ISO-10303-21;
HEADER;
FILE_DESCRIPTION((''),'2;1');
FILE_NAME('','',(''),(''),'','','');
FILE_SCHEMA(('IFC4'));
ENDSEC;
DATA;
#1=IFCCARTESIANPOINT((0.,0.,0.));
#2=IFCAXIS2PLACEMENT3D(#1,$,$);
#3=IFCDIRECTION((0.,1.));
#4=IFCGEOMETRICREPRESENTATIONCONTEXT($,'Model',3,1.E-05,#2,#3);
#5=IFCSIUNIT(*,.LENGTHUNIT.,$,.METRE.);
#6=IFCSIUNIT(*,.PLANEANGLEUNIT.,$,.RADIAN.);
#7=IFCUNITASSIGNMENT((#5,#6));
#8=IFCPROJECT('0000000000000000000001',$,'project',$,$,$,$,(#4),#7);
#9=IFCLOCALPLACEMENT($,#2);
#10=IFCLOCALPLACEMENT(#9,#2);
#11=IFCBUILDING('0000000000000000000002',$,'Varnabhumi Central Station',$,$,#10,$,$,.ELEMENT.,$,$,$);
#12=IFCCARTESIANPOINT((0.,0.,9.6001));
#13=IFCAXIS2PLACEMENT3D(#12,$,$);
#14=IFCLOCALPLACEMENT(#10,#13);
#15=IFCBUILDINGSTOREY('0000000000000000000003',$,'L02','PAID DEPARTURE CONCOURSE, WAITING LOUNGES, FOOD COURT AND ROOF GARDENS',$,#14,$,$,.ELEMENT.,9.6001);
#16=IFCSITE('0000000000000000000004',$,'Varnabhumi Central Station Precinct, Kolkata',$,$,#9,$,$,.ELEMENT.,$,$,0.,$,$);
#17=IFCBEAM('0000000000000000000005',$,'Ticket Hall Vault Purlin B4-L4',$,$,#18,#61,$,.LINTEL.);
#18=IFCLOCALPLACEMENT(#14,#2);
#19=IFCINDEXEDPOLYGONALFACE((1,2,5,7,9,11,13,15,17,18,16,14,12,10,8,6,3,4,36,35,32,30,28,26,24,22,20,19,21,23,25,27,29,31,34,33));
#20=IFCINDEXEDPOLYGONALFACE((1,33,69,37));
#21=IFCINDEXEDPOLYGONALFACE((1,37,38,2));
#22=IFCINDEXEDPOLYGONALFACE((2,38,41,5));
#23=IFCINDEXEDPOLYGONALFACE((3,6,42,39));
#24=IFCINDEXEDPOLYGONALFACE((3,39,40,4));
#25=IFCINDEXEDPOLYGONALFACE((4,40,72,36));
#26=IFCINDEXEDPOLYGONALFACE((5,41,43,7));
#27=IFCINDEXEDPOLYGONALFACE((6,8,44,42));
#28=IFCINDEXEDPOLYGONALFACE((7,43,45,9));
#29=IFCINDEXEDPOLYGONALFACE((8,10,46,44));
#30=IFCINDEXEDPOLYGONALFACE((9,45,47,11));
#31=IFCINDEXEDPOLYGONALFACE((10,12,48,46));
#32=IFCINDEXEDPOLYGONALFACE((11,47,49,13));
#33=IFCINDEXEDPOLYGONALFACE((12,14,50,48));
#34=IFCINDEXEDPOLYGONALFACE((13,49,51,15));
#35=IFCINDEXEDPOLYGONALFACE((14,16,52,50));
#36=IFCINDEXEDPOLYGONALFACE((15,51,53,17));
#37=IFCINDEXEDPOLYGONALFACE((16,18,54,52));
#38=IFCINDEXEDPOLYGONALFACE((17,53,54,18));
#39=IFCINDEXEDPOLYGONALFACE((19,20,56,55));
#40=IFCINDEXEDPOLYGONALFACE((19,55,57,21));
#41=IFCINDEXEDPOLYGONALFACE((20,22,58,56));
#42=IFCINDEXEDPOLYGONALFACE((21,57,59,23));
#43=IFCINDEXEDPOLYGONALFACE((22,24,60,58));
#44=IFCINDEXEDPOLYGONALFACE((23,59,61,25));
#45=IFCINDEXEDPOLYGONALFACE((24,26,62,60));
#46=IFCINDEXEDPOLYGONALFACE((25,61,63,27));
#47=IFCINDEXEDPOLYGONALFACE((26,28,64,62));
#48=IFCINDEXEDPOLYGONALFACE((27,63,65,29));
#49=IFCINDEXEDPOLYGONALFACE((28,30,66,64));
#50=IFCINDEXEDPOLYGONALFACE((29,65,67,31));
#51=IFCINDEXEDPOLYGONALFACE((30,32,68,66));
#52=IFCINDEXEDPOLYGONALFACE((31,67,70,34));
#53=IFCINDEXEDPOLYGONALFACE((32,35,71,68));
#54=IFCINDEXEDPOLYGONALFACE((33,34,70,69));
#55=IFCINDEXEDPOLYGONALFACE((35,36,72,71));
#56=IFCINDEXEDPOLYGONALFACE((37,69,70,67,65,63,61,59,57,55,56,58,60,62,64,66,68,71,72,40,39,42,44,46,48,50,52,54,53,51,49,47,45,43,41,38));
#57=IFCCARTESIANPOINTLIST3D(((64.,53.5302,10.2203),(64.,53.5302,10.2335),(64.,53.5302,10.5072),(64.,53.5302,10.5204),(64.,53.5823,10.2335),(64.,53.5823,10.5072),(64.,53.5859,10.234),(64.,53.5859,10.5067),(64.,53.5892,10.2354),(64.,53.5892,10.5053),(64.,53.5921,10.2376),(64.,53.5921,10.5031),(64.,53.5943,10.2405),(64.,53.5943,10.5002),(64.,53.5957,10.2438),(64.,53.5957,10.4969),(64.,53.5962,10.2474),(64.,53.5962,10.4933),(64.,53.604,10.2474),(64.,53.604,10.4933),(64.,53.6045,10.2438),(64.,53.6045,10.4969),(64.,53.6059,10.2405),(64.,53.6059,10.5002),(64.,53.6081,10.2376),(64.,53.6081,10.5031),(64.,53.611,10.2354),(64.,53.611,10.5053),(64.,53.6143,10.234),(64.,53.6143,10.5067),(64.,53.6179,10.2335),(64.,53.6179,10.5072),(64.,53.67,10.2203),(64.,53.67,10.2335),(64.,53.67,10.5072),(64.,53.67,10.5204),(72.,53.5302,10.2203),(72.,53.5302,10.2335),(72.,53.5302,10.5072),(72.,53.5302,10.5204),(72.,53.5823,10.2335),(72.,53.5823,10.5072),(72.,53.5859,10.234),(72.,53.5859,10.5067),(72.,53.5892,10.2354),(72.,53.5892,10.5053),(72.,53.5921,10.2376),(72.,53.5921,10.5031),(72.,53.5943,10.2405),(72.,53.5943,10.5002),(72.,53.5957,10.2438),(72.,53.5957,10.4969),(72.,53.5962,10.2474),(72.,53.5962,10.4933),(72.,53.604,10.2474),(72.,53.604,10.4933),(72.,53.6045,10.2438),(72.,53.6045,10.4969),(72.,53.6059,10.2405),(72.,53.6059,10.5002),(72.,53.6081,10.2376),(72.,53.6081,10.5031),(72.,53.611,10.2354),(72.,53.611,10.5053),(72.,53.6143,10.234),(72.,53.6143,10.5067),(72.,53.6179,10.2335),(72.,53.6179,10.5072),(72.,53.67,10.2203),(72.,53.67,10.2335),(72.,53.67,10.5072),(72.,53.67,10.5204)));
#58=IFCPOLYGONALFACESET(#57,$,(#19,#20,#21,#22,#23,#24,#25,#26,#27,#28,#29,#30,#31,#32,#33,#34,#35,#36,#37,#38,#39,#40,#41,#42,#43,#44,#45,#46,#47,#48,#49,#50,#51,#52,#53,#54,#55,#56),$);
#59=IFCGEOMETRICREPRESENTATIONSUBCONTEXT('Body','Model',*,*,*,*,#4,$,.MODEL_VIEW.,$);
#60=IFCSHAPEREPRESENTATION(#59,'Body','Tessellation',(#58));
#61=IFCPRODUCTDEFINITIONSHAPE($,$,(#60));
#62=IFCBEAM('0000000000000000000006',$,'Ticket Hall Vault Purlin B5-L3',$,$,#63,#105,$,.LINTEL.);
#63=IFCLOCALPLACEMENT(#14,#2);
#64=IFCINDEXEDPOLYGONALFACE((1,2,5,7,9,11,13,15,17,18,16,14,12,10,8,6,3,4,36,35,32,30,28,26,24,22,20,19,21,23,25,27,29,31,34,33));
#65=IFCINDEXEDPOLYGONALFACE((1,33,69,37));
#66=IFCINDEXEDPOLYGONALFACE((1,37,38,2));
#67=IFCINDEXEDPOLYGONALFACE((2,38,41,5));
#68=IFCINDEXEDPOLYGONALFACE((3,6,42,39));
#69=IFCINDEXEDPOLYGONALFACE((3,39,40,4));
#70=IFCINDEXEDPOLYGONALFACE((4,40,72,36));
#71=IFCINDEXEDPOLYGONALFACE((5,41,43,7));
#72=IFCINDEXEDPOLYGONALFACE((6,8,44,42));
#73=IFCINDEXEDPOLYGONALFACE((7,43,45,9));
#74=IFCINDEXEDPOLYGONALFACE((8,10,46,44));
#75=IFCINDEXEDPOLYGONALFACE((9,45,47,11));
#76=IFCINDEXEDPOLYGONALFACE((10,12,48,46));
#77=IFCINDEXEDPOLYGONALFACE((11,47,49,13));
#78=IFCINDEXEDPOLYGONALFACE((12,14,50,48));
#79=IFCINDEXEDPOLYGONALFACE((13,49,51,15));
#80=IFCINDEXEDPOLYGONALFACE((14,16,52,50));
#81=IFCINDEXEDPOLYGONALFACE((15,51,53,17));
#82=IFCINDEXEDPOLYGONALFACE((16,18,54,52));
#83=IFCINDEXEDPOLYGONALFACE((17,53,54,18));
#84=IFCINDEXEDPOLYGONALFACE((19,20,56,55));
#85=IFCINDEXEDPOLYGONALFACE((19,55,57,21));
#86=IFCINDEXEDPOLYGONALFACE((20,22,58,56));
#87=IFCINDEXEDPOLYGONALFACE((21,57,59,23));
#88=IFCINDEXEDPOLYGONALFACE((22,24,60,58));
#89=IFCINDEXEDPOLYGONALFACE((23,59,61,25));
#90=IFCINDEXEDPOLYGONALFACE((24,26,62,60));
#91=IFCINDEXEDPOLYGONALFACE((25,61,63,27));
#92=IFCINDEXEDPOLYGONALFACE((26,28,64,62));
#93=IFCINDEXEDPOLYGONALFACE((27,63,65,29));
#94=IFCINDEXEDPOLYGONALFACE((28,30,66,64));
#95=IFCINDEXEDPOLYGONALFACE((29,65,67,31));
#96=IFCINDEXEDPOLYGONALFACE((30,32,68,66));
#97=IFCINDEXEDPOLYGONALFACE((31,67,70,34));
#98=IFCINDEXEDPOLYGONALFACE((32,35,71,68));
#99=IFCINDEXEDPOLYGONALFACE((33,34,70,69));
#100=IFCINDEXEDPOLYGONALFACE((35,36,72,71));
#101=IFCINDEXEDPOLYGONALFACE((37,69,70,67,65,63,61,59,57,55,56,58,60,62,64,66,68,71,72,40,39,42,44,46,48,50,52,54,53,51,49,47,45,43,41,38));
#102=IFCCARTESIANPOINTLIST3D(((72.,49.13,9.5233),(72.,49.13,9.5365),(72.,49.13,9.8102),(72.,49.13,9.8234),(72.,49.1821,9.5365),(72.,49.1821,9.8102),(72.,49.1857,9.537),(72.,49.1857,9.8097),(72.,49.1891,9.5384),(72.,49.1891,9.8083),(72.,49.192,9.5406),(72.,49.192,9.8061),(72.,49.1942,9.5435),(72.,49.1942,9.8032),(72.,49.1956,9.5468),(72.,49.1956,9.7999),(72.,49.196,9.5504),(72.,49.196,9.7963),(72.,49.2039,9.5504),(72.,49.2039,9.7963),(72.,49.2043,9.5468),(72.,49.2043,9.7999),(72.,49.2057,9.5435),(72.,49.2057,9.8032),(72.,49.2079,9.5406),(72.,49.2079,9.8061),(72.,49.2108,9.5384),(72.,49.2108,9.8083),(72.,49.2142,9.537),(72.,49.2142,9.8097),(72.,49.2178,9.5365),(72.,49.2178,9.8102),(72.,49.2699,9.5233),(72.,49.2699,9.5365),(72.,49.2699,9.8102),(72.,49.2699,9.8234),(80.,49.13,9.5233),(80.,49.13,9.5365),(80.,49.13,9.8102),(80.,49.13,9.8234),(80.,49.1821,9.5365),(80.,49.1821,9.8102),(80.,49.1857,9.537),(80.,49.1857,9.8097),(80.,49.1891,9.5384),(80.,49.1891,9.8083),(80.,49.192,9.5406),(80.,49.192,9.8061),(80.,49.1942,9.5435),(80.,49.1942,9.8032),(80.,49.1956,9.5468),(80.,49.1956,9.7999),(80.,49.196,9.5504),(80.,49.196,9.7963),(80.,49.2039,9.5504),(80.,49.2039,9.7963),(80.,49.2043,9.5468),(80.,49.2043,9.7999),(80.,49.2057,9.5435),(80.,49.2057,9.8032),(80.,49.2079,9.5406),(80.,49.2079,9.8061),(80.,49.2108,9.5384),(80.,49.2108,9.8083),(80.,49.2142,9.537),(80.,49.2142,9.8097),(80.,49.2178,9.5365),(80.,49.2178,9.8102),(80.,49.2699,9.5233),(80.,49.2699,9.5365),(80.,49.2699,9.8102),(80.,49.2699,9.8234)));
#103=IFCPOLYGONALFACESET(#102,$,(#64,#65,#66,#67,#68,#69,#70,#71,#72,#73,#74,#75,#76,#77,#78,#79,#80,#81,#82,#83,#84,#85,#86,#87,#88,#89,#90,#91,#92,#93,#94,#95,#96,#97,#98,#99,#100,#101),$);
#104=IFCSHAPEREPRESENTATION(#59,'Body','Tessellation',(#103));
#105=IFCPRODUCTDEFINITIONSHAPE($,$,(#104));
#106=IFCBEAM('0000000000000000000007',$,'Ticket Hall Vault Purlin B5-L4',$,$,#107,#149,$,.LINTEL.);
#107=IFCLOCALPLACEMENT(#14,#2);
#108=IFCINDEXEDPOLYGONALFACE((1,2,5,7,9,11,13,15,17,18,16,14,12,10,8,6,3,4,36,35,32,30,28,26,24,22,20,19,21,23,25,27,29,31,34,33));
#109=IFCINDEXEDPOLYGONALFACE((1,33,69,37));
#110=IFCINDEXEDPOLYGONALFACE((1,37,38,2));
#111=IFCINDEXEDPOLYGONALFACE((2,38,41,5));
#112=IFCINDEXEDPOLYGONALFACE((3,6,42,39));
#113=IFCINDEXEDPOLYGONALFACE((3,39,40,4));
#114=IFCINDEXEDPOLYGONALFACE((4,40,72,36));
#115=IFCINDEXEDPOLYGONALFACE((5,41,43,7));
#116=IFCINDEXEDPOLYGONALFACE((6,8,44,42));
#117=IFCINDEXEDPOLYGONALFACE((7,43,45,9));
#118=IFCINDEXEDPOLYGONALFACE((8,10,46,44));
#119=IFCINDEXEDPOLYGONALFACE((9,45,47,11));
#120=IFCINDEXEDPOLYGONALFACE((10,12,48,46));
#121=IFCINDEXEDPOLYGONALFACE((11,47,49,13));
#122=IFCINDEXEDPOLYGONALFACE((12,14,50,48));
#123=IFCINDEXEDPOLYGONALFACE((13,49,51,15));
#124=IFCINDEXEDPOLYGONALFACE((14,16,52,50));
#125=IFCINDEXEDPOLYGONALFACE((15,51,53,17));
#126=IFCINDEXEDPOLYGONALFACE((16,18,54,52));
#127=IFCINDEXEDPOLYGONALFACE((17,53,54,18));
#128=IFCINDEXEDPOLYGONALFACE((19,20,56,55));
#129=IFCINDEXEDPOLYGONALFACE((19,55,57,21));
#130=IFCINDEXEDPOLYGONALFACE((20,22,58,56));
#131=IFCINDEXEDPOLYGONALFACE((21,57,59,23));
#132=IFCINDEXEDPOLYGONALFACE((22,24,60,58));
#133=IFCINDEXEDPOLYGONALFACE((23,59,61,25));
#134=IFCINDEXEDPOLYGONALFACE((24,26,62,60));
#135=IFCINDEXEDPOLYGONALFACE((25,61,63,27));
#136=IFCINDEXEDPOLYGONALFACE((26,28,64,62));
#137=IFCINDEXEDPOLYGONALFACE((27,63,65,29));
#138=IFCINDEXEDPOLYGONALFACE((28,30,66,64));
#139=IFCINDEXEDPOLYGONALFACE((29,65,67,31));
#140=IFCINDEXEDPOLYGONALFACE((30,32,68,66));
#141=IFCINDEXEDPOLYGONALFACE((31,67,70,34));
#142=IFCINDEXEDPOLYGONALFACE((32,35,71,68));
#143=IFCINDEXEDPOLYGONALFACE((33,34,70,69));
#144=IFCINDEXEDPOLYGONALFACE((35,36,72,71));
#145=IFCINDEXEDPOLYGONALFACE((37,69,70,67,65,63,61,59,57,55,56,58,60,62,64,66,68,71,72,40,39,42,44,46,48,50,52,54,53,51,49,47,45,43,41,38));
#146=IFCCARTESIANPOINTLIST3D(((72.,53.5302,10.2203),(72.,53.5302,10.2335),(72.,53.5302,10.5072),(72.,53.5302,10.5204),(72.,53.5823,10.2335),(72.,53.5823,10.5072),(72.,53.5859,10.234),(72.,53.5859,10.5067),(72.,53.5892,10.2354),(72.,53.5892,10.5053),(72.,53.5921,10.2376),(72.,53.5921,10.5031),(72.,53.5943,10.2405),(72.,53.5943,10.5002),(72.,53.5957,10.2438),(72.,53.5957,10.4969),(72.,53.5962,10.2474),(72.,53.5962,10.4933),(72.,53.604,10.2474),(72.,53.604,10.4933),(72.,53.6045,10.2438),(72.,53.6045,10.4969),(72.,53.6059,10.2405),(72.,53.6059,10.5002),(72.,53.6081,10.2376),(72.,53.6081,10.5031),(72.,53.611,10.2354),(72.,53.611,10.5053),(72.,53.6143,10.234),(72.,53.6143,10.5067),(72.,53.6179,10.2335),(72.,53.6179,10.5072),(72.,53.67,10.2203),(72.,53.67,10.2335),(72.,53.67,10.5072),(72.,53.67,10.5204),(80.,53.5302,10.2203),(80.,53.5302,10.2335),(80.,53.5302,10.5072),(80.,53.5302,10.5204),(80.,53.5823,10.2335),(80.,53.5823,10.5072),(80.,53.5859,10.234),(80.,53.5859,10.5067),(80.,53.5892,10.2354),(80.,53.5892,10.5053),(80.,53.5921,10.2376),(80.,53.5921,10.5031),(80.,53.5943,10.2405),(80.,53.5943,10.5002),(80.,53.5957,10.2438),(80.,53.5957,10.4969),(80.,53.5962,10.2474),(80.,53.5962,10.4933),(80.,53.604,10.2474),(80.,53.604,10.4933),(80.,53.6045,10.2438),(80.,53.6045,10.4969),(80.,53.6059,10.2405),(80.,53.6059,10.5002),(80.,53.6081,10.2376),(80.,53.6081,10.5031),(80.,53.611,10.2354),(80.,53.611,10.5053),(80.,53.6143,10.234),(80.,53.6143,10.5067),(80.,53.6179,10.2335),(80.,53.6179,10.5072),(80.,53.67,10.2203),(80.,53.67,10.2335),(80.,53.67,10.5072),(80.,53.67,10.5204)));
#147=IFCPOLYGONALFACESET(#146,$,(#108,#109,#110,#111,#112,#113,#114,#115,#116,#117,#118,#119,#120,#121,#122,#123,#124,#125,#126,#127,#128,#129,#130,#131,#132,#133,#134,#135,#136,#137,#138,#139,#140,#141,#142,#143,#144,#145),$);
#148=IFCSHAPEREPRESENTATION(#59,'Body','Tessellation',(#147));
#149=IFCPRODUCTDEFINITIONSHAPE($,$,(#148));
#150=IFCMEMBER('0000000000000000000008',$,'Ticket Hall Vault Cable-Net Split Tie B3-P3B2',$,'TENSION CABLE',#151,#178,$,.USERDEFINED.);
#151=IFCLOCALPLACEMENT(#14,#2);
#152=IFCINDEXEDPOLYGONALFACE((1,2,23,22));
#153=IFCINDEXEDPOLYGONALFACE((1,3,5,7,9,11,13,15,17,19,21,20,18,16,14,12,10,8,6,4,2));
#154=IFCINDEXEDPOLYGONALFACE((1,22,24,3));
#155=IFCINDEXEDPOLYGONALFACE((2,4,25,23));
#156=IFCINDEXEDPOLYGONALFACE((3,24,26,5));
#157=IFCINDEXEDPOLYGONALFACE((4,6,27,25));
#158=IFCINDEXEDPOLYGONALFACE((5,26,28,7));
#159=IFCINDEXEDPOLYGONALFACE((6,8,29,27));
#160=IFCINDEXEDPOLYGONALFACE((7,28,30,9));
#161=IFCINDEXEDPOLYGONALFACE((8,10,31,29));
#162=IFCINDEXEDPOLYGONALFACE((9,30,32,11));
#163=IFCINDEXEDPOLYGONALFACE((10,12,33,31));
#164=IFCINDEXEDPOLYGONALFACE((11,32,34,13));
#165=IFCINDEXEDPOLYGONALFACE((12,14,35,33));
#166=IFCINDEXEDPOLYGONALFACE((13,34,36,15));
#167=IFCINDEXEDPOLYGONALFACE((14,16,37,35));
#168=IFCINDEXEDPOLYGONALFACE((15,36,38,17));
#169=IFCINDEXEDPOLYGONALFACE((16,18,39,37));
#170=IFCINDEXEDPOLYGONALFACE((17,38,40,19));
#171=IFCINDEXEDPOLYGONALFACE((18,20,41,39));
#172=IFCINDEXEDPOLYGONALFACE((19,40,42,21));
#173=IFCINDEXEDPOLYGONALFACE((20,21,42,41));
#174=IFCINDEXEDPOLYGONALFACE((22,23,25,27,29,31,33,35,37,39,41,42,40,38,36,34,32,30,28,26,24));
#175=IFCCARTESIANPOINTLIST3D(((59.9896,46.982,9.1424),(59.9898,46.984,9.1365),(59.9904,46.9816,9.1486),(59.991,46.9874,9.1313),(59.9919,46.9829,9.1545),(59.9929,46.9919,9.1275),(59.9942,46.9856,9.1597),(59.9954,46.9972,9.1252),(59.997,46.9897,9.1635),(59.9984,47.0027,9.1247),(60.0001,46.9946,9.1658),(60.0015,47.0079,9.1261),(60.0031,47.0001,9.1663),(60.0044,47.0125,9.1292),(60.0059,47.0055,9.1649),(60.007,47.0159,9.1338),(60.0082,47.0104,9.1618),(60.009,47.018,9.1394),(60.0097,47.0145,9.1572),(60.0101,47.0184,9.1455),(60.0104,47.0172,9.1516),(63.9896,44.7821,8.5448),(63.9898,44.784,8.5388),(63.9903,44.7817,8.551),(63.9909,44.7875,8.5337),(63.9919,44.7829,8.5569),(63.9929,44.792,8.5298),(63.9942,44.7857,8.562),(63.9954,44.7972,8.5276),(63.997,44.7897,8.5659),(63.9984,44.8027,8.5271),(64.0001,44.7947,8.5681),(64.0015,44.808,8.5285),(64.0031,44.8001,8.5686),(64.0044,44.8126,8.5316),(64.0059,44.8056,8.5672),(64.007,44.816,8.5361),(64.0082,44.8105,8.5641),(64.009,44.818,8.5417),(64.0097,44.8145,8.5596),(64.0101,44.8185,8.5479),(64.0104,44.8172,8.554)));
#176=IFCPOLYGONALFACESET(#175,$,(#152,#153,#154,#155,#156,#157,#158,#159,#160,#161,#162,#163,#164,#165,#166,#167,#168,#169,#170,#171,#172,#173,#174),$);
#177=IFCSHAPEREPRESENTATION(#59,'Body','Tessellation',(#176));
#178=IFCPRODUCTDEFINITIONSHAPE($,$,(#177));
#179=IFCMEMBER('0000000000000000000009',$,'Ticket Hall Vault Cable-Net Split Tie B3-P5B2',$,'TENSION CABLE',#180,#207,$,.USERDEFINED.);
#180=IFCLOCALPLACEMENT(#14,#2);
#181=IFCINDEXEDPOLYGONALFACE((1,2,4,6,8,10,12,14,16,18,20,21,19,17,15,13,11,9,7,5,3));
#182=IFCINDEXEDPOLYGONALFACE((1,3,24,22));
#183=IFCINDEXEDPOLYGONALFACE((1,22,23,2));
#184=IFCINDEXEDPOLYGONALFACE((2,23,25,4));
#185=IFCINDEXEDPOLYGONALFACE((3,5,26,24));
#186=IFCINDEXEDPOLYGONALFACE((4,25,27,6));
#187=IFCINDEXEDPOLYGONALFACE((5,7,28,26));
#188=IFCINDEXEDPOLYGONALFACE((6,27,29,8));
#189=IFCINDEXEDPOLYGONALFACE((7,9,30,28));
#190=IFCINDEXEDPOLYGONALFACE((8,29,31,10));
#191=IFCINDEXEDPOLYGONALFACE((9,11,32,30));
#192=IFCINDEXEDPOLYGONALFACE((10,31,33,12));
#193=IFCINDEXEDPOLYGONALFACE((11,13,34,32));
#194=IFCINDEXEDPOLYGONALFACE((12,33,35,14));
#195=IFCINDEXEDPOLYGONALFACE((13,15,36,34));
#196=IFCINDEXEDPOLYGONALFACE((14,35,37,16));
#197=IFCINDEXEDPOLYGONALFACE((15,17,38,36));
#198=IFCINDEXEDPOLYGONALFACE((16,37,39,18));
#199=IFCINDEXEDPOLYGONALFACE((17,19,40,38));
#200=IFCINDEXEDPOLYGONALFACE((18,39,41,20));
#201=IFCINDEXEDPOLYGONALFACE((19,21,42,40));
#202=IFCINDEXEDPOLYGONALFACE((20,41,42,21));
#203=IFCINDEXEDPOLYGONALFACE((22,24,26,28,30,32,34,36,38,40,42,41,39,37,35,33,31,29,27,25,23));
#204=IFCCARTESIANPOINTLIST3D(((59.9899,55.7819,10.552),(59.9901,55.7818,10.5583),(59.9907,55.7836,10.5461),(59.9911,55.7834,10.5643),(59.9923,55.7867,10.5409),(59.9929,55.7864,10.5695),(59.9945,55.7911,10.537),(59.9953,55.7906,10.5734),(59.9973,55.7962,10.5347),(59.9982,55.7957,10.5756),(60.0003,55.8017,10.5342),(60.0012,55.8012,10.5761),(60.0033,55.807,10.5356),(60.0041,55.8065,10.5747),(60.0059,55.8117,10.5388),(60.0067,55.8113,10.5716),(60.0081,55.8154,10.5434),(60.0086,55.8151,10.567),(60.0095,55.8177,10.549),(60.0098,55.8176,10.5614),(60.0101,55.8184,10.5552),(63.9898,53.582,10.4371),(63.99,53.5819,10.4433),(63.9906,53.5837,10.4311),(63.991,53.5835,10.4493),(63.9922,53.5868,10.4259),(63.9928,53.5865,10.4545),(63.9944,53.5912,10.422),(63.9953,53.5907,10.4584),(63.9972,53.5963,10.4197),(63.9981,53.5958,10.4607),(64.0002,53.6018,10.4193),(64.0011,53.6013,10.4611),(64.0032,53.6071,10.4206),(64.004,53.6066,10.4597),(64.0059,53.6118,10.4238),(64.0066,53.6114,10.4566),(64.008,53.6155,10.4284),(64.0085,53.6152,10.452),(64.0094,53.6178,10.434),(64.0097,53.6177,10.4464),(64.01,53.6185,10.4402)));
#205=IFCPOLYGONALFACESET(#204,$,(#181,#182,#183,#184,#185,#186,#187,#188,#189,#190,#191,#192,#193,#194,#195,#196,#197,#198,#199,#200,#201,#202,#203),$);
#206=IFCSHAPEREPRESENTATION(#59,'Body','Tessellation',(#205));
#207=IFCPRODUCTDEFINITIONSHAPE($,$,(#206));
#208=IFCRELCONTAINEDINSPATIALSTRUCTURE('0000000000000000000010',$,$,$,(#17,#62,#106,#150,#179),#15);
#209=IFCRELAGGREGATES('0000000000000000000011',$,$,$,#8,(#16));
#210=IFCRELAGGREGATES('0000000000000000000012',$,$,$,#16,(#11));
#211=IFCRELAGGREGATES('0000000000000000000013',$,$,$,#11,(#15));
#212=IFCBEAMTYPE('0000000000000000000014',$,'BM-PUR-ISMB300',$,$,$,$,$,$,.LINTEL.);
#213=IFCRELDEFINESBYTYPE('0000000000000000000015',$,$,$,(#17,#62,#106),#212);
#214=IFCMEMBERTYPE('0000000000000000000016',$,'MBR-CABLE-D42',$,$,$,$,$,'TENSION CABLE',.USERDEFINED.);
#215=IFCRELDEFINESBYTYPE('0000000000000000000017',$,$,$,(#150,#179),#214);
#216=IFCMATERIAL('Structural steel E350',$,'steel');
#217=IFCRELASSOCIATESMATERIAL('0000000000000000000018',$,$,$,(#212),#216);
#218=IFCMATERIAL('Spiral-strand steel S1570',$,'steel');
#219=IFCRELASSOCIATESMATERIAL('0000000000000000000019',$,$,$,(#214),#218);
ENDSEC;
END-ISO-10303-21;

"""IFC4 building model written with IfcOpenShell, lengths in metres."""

from ifc_helpers import new_model, si_unit, direction, frame, origin, origin_2d, place, context, subcontext, project, spatial, circle, i_section, extrude, material, material_profile, profile_set, type_object, element, save


model = new_model("IFC4")

# Units and contexts
model_context = context("Model", 3, precision=1e-05, world=origin(), true_north=direction((0.0, 1.0)))
body_context = subcontext(model_context, "Body", "Model", "MODEL_VIEW")
ifc_project = project(units=[si_unit("LENGTHUNIT", "METRE"), si_unit("PLANEANGLEUNIT", "RADIAN")], contexts=[model_context])

# Site, building, storey
site_placement = place(None, origin())
site = spatial("IfcSite", under=ifc_project, at=site_placement, Name="Varnabhumi Central Station Precinct, Kolkata", CompositionType="ELEMENT", RefElevation=0.0)
building_placement = place(site_placement, origin())
building = spatial("IfcBuilding", under=site, at=building_placement, Name="Varnabhumi Central Station", CompositionType="ELEMENT")
storey_placement = place(building_placement, frame((0.0, 0.0, 9.6001)))
storey = spatial("IfcBuildingStorey", under=building, at=storey_placement, Name="L02", Description="PAID DEPARTURE CONCOURSE, WAITING LOUNGES, FOOD COURT AND ROOF GARDENS", CompositionType="ELEMENT", Elevation=9.6001)

# Beams
ifc_material_1 = material(Name="Structural steel E350", Category="steel")
ifc_material_profile_1 = material_profile(ifc_material_1, i_section(OverallWidth=0.1399, OverallDepth=0.3, WebThickness=0.0078, FlangeThickness=0.0132, FilletRadius=0.0139, at=origin_2d()), Name="Structural steel E350", Category="steel")
ifc_profile_set_1 = profile_set([ifc_material_profile_1], Name="Structural steel E350")
beam_type_1 = type_object("IfcBeamType", Name="BM-PUR-ISMB300", PredefinedType="LINTEL", material=ifc_profile_set_1)
for number, where, z_axis, x_axis, name in (
    (1, (64.0, 53.6001, 10.3704), (1.0, 0.0, 0.0), (0.0, 1.0, 0.0), "Ticket Hall Vault Purlin B4-L4"),
    (2, (72.0, 49.2, 9.6733), (1.0, 0.0, 0.0), (0.0, 1.0, 0.0), "Ticket Hall Vault Purlin B5-L3"),
    (3, (72.0, 53.6001, 10.3704), (1.0, 0.0, 0.0), (0.0, 1.0, 0.0), "Ticket Hall Vault Purlin B5-L4"),
):
    element("IfcBeam", number, at=place(storey_placement, frame(where, z_axis=z_axis, x_axis=x_axis)), inside=storey, type_object=beam_type_1, Name=name, PredefinedType="LINTEL", context=body_context, shape_type="SweptSolid", body=[
        extrude(i_section(OverallWidth=0.1399, OverallDepth=0.3, WebThickness=0.0078, FlangeThickness=0.0132, FilletRadius=0.0139, at=origin_2d()), origin(), (0.0, 0.0, 1.0), 8.0),
    ])

# Members
ifc_material_2 = material(Name="Spiral-strand steel S1570", Category="steel")
ifc_material_profile_2 = material_profile(ifc_material_2, circle(Radius=0.021, at=origin_2d()), Name="Spiral-strand steel S1570", Category="steel")
ifc_profile_set_2 = profile_set([ifc_material_profile_2], Name="Spiral-strand steel S1570")
member_type = type_object("IfcMemberType", Name="MBR-CABLE-D42", ElementType="TENSION CABLE", PredefinedType="USERDEFINED", material=ifc_profile_set_2)
member_1_placement = place(storey_placement, frame((60.0, 47.0, 9.1455), z_axis=(0.868806, -0.477833, -0.129812), x_axis=(0.481911, 0.87622, 0.0)))
element("IfcMember", 4, at=member_1_placement, inside=storey, type_object=member_type, Name="Ticket Hall Vault Cable-Net Split Tie B3-P3B2", ObjectType="TENSION CABLE", PredefinedType="USERDEFINED", context=body_context, shape_type="SweptSolid", body=[
    extrude(circle(Radius=0.021, at=origin_2d()), origin(), (0.0, 0.0, 1.0), 4.604),
])
member_2_placement = place(storey_placement, frame((60.0, 55.8, 10.5552), z_axis=(0.875943, -0.481758, -0.025181), x_axis=(0.481911, 0.87622, 0.0)))
element("IfcMember", 5, at=member_2_placement, inside=storey, type_object=member_type, Name="Ticket Hall Vault Cable-Net Split Tie B3-P5B2", ObjectType="TENSION CABLE", PredefinedType="USERDEFINED", context=body_context, shape_type="SweptSolid", body=[
    extrude(circle(Radius=0.021, at=origin_2d()), origin(), (0.0, 0.0, 1.0), 4.5664),
])

save(model, "model.ifc")
